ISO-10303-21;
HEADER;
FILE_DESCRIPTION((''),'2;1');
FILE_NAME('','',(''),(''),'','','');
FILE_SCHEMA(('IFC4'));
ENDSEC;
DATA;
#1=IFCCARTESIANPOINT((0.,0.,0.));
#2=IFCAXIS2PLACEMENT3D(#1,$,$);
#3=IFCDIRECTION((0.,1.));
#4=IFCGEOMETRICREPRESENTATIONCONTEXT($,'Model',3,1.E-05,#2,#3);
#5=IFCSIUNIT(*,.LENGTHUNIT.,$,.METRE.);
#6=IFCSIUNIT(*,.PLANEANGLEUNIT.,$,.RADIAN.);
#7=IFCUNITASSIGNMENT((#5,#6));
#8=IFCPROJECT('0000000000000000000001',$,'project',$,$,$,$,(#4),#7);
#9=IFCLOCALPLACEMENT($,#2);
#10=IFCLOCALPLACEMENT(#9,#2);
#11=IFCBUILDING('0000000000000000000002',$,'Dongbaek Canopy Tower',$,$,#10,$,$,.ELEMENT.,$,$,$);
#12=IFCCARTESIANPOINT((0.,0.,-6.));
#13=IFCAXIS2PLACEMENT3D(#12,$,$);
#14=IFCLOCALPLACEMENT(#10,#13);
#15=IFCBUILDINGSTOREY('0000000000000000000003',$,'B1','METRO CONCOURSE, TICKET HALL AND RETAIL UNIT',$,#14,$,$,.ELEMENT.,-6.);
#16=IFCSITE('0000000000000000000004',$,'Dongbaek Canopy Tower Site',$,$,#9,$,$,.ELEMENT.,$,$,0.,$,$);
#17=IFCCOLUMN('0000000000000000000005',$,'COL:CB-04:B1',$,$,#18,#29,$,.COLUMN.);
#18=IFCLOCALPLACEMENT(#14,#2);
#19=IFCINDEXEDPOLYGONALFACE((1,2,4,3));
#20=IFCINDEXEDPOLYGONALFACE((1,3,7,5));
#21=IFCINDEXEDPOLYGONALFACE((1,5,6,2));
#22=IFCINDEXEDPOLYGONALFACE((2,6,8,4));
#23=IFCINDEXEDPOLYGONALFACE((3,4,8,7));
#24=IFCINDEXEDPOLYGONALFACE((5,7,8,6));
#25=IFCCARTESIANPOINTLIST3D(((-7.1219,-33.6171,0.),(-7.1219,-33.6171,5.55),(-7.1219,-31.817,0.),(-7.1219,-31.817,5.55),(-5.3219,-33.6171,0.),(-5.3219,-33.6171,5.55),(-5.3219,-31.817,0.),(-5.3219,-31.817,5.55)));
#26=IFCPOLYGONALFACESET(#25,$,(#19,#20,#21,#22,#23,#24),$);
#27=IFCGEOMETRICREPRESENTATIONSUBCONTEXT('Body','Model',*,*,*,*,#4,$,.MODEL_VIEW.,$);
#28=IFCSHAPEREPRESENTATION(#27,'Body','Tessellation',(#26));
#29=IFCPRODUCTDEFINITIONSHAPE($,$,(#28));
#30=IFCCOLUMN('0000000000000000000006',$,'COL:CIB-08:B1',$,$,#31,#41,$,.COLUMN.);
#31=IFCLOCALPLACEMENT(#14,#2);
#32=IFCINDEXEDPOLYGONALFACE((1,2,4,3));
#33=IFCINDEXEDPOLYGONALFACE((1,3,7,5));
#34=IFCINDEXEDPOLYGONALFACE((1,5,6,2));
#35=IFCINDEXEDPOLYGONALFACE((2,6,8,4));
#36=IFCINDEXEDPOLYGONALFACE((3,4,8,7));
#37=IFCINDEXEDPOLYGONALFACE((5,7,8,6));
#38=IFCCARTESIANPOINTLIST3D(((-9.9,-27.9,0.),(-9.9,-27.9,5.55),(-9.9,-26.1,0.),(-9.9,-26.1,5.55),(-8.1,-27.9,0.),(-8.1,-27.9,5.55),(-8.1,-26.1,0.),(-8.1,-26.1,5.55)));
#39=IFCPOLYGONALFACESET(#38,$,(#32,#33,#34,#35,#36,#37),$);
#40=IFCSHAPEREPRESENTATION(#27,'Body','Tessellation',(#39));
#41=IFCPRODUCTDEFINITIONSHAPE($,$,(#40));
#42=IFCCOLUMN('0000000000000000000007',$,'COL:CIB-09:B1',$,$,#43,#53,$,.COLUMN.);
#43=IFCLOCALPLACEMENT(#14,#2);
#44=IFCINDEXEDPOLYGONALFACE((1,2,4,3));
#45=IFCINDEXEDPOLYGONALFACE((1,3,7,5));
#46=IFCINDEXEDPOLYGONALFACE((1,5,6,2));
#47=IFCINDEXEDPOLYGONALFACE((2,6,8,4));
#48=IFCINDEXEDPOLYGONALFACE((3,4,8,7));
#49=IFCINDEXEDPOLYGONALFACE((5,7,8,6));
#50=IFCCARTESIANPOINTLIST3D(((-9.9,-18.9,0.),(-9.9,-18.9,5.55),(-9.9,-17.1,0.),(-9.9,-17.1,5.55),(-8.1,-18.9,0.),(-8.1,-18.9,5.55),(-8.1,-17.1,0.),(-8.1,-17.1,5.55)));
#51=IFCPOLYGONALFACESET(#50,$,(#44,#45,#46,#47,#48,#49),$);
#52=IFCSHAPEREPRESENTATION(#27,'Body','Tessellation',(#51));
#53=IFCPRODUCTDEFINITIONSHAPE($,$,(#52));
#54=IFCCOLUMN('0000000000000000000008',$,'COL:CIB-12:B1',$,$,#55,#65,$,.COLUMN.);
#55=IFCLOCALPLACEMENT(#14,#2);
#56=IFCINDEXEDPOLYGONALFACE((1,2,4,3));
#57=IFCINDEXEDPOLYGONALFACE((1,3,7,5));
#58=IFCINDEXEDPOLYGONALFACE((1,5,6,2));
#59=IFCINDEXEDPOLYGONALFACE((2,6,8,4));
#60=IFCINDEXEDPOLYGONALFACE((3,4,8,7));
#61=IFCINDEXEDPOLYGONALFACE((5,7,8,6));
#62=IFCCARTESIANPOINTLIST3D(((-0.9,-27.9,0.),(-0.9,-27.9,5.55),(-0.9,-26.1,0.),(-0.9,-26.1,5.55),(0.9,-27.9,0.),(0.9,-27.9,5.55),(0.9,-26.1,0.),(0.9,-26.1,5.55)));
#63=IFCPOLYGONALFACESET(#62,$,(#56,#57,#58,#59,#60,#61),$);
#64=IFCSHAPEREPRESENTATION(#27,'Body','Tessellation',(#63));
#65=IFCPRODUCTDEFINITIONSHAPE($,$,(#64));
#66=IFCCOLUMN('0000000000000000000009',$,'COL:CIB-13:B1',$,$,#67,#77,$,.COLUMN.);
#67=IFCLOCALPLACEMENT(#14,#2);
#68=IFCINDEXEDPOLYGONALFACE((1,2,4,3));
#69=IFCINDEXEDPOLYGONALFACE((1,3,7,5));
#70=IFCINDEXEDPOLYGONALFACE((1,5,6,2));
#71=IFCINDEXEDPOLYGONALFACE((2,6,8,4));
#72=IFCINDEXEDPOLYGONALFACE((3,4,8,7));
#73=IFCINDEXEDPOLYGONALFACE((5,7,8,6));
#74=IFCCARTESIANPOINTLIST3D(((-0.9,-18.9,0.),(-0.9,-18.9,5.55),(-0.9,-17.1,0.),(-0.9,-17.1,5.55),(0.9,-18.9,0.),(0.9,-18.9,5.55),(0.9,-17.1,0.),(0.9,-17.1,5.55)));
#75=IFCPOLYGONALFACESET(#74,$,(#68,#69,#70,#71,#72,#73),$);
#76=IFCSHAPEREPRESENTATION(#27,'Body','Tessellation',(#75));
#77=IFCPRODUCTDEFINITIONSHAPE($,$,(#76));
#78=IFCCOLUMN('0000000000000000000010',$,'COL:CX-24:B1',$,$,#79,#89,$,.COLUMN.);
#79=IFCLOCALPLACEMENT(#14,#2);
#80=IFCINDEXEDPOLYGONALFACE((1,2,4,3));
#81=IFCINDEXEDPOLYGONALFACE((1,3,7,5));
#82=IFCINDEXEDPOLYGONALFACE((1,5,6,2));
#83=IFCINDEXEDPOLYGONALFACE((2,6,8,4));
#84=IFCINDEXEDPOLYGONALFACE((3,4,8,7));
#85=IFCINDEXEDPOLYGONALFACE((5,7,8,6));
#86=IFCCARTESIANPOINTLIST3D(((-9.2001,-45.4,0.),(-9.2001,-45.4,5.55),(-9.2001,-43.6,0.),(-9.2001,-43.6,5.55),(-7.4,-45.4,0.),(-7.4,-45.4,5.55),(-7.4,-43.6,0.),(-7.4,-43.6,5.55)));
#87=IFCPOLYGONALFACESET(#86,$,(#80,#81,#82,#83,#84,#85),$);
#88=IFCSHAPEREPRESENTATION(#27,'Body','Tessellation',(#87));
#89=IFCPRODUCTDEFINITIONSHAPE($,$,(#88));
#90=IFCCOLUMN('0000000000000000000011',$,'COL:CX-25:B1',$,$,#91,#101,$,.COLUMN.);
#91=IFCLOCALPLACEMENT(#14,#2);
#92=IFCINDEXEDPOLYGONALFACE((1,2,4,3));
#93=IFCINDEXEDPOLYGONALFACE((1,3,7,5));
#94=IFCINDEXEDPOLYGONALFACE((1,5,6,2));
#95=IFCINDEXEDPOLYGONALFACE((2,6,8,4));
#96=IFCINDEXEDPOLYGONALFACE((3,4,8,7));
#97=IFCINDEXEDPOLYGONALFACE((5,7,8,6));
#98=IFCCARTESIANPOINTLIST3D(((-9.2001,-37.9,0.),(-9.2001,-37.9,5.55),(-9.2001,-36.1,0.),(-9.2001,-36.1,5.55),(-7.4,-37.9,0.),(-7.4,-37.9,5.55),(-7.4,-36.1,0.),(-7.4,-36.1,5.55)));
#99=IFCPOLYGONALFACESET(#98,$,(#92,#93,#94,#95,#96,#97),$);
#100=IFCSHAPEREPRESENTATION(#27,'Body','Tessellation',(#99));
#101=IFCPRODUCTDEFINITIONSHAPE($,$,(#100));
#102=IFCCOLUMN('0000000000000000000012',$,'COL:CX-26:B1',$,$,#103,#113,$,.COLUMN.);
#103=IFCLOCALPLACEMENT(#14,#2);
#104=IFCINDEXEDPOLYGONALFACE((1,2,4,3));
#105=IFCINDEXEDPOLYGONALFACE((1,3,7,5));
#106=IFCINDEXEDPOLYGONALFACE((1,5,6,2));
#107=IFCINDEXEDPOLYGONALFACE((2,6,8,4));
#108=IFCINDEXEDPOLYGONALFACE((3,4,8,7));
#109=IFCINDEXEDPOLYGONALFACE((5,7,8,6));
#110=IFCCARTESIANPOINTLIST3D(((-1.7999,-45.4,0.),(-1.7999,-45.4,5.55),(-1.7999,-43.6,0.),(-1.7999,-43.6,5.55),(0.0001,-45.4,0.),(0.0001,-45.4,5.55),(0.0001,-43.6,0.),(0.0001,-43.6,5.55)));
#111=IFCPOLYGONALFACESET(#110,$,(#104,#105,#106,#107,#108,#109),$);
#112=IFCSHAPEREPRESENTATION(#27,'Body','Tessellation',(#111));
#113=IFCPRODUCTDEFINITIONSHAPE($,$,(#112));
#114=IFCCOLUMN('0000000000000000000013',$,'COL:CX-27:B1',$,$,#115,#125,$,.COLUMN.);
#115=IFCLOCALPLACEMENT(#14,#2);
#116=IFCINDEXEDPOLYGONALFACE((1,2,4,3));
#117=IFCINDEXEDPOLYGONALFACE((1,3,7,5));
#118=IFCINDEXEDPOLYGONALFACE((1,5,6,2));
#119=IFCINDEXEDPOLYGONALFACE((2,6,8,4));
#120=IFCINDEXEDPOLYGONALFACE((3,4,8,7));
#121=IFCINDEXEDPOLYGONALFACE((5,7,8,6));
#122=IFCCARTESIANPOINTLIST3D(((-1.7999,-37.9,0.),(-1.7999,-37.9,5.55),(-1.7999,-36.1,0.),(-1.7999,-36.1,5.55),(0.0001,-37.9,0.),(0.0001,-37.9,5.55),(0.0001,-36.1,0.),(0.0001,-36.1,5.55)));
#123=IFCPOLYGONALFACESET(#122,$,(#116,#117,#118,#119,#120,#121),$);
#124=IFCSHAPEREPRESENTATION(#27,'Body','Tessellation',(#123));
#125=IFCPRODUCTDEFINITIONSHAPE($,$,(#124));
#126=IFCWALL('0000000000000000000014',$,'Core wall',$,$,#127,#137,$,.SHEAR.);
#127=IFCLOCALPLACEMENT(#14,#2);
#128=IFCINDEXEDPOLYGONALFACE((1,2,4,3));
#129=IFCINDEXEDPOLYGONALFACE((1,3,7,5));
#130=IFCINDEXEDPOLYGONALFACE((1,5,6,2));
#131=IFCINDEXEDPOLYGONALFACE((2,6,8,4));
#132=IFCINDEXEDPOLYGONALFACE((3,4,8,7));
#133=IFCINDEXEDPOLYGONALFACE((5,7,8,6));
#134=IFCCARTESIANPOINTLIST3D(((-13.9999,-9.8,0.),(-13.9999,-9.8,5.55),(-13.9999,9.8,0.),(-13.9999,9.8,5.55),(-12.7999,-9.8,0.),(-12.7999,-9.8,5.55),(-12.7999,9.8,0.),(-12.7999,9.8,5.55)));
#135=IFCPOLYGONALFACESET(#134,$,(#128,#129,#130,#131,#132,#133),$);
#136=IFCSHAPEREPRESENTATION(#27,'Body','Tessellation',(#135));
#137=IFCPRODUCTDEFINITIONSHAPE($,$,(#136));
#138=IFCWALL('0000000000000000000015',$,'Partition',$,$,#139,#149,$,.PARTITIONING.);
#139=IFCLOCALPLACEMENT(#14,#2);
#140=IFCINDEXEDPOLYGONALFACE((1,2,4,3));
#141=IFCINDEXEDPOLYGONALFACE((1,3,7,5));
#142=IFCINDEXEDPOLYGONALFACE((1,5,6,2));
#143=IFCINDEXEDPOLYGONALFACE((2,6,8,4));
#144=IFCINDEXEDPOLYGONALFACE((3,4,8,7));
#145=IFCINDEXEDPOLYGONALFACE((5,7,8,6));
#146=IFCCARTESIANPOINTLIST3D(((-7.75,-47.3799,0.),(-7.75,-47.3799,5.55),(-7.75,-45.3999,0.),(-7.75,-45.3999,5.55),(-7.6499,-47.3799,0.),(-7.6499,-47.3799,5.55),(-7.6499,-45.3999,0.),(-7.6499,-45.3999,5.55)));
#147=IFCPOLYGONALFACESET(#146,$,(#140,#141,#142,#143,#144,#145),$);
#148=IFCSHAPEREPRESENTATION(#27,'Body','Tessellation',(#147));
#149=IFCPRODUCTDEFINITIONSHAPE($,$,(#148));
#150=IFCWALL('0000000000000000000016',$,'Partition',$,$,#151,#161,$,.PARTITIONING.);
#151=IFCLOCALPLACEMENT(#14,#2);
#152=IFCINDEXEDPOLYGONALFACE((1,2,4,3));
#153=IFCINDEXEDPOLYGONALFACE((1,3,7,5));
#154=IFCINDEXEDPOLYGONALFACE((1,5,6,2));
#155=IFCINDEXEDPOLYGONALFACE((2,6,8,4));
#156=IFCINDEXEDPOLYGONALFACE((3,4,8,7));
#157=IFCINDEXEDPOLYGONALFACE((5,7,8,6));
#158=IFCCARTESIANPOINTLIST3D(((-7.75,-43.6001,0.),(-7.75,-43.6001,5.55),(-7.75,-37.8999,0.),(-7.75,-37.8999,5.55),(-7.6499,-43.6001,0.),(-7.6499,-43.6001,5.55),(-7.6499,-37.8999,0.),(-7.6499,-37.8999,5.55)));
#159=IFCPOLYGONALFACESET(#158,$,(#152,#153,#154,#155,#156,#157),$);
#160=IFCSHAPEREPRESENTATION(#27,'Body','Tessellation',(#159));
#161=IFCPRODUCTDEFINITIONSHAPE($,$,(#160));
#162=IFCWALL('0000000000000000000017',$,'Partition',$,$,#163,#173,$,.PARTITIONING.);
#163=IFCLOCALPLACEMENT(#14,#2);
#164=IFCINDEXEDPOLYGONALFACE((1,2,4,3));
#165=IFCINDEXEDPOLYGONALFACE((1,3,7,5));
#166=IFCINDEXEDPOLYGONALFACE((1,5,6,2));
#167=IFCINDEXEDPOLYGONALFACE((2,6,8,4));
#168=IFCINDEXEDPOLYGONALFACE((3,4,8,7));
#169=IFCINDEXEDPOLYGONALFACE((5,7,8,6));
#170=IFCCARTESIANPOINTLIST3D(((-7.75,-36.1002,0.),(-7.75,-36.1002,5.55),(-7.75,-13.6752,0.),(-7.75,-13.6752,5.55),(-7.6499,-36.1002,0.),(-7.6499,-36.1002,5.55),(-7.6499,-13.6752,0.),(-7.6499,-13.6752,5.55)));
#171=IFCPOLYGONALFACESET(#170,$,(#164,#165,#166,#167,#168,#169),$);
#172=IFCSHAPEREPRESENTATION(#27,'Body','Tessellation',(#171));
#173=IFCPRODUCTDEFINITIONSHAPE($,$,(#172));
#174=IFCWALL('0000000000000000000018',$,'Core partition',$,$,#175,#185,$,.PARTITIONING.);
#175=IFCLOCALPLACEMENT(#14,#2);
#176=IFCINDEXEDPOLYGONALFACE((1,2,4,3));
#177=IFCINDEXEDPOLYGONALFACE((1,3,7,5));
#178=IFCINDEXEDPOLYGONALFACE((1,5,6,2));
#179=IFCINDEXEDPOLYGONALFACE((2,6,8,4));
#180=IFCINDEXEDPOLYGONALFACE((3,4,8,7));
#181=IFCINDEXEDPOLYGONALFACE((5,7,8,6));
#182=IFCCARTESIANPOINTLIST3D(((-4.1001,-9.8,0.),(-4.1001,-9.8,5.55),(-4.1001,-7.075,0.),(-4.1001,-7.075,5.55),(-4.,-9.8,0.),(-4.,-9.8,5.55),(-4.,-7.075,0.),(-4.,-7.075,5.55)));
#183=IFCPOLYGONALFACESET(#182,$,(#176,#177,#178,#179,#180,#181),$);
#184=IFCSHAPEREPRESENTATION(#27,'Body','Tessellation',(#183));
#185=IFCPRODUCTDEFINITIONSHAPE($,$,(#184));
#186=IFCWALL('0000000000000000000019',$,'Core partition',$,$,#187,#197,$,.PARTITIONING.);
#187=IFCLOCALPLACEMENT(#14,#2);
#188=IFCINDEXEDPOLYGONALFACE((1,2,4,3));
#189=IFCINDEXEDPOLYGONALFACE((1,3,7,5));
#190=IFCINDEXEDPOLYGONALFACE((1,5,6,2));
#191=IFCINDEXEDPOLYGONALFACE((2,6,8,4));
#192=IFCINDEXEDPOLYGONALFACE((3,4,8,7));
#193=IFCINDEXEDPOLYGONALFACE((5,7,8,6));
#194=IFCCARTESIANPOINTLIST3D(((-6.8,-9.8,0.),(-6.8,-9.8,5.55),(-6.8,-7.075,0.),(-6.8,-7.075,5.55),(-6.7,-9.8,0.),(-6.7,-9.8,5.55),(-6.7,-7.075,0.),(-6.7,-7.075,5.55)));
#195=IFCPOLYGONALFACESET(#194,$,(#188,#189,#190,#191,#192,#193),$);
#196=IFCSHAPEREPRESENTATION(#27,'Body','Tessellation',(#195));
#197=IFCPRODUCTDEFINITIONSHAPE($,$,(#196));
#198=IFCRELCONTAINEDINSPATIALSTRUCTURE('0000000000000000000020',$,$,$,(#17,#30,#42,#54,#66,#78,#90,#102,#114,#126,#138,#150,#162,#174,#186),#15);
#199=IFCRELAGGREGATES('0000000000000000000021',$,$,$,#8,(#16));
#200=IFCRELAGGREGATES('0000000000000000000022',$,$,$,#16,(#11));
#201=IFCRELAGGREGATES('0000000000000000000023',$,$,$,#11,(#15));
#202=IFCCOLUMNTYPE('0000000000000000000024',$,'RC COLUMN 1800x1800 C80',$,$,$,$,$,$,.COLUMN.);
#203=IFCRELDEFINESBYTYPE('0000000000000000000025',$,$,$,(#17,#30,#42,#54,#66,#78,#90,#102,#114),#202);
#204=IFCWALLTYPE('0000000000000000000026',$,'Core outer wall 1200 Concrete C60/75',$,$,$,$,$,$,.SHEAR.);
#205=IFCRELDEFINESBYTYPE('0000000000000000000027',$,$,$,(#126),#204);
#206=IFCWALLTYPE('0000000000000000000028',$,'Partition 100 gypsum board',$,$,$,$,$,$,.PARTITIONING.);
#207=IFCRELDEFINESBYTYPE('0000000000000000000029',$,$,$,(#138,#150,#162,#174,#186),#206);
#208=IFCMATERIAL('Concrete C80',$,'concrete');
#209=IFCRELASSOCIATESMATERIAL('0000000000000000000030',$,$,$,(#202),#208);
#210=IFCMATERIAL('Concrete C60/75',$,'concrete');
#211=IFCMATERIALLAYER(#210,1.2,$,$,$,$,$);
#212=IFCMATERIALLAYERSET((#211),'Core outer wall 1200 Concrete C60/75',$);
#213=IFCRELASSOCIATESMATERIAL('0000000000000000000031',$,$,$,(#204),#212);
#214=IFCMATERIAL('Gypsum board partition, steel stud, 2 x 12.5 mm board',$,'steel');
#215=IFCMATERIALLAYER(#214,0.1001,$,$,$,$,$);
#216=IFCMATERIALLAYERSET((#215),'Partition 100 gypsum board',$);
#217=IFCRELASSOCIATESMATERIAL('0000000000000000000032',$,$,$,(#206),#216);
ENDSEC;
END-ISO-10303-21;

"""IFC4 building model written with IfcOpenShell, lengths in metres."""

from ifc_helpers import new_model, si_unit, direction, frame, frame_2d, origin, origin_2d, place, context, subcontext, project, spatial, rectangle, extrude, material, layer, layer_set, material_profile, profile_set, type_object, element, save


model = new_model("IFC4")

# Units and contexts
model_context = context("Model", 3, precision=1e-05, world=origin(), true_north=direction((0.0, 1.0)))
body_context = subcontext(model_context, "Body", "Model", "MODEL_VIEW")
ifc_project = project(units=[si_unit("LENGTHUNIT", "METRE"), si_unit("PLANEANGLEUNIT", "RADIAN")], contexts=[model_context])

# Site, building, storey
site_placement = place(None, origin())
site = spatial("IfcSite", under=ifc_project, at=site_placement, Name="Dongbaek Canopy Tower Site", CompositionType="ELEMENT", RefElevation=0.0)
building_placement = place(site_placement, origin())
building = spatial("IfcBuilding", under=site, at=building_placement, Name="Dongbaek Canopy Tower", CompositionType="ELEMENT")
storey_placement = place(building_placement, frame((0.0, 0.0, -6.0)))
storey = spatial("IfcBuildingStorey", under=building, at=storey_placement, Name="B1", Description="METRO CONCOURSE, TICKET HALL AND RETAIL UNIT", CompositionType="ELEMENT", Elevation=-6.0)

# Columns
ifc_material_1 = material(Name="Concrete C80", Category="concrete")
ifc_material_profile = material_profile(ifc_material_1, rectangle(XDim=1.8, YDim=1.8, at=origin_2d()), Name="RC COLUMN 1800x1800 C80")
ifc_profile_set = profile_set([ifc_material_profile], Name="Concrete C80")
column_type = type_object("IfcColumnType", Name="RC COLUMN 1800x1800 C80", PredefinedType="COLUMN", material=ifc_profile_set)
for number, where, z_axis, x_axis, name in (
    (1, (-6.2219, -32.717, 0.0), (0.0, 0.0, 1.0), (1.0, 0.0, 0.0), "COL:CB-04:B1"),
    (2, (-9.0, -27.0, 0.0), (0.0, 0.0, 1.0), (1.0, 0.0, 0.0), "COL:CIB-08:B1"),
    (3, (-9.0, -18.0, 0.0), (0.0, 0.0, 1.0), (1.0, 0.0, 0.0), "COL:CIB-09:B1"),
    (4, (0.0, -27.0, 0.0), (0.0, 0.0, 1.0), (1.0, 0.0, 0.0), "COL:CIB-12:B1"),
    (5, (0.0, -18.0, 0.0), (0.0, 0.0, 1.0), (1.0, 0.0, 0.0), "COL:CIB-13:B1"),
    (6, (-8.3, -44.5, 0.0), (0.0, 0.0, 1.0), (1.0, 0.0, 0.0), "COL:CX-24:B1"),
    (7, (-8.3, -37.0, 0.0), (0.0, 0.0, 1.0), (1.0, 0.0, 0.0), "COL:CX-25:B1"),
    (8, (-0.8999, -44.5, 0.0), (0.0, 0.0, 1.0), (1.0, 0.0, 0.0), "COL:CX-26:B1"),
    (9, (-0.8999, -37.0, 0.0), (0.0, 0.0, 1.0), (1.0, 0.0, 0.0), "COL:CX-27:B1"),
):
    element("IfcColumn", number, at=place(storey_placement, frame(where, z_axis=z_axis, x_axis=x_axis)), inside=storey, type_object=column_type, Name=name, PredefinedType="COLUMN", context=body_context, shape_type="SweptSolid", body=[
        extrude(rectangle(XDim=1.8, YDim=1.8, at=origin_2d()), origin(), (0.0, 0.0, 1.0), 5.55),
    ])

# Walls
ifc_material_2 = material(Name="Concrete C60/75", Category="concrete")
ifc_layer_1 = layer(ifc_material_2, 1.2)
ifc_layer_set_1 = layer_set([ifc_layer_1], Name="Core outer wall 1200 Concrete C60/75")
wall_type_1 = type_object("IfcWallType", Name="Core outer wall 1200 Concrete C60/75", PredefinedType="SHEAR", material=ifc_layer_set_1)
wall_1_placement = place(storey_placement, frame((-13.3999, -9.8, 0.0), z_axis=(0.0, 0.0, 1.0), x_axis=(0.0, 1.0, 0.0)))
element("IfcWall", 10, at=wall_1_placement, inside=storey, type_object=wall_type_1, Name="Core wall", PredefinedType="SHEAR", context=body_context, shape_type="SweptSolid", body=[
    extrude(rectangle(XDim=19.6001, YDim=1.2, at=frame_2d((9.8, 0.0))), origin(), (0.0, 0.0, 1.0), 5.55),
])
ifc_material_3 = material(Name="Gypsum board partition, steel stud, 2 x 12.5 mm board", Category="steel")
ifc_layer_2 = layer(ifc_material_3, 0.1001)
ifc_layer_set_2 = layer_set([ifc_layer_2], Name="Partition 100 gypsum board")
wall_type_2 = type_object("IfcWallType", Name="Partition 100 gypsum board", PredefinedType="PARTITIONING", material=ifc_layer_set_2)
wall_2_placement = place(storey_placement, frame((-7.7, -47.3799, 0.0), z_axis=(0.0, 0.0, 1.0), x_axis=(0.0, 1.0, 0.0)))
element("IfcWall", 11, at=wall_2_placement, inside=storey, type_object=wall_type_2, Name="Partition", PredefinedType="PARTITIONING", context=body_context, shape_type="SweptSolid", body=[
    extrude(rectangle(XDim=1.98, YDim=0.1001, at=frame_2d((0.99, 0.0))), origin(), (0.0, 0.0, 1.0), 5.55),
])
wall_3_placement = place(storey_placement, frame((-7.7, -43.6001, 0.0), z_axis=(0.0, 0.0, 1.0), x_axis=(0.0, 1.0, 0.0)))
element("IfcWall", 12, at=wall_3_placement, inside=storey, type_object=wall_type_2, Name="Partition", PredefinedType="PARTITIONING", context=body_context, shape_type="SweptSolid", body=[
    extrude(rectangle(XDim=5.7002, YDim=0.1001, at=frame_2d((2.8501, 0.0))), origin(), (0.0, 0.0, 1.0), 5.55),
])
wall_4_placement = place(storey_placement, frame((-7.7, -36.1001, 0.0), z_axis=(0.0, 0.0, 1.0), x_axis=(0.0, 1.0, 0.0)))
element("IfcWall", 13, at=wall_4_placement, inside=storey, type_object=wall_type_2, Name="Partition", PredefinedType="PARTITIONING", context=body_context, shape_type="SweptSolid", body=[
    extrude(rectangle(XDim=22.425, YDim=0.1001, at=frame_2d((11.2124, 0.0))), origin(), (0.0, 0.0, 1.0), 5.55),
])
for number, where, z_axis, x_axis, name in (
    (14, (-4.05, -9.8, 0.0), (0.0, 0.0, 1.0), (0.0, 1.0, 0.0), "Core partition"),
    (15, (-6.75, -9.8, 0.0), (0.0, 0.0, 1.0), (0.0, 1.0, 0.0), "Core partition"),
):
    element("IfcWall", number, at=place(storey_placement, frame(where, z_axis=z_axis, x_axis=x_axis)), inside=storey, type_object=wall_type_2, Name=name, PredefinedType="PARTITIONING", context=body_context, shape_type="SweptSolid", body=[
        extrude(rectangle(XDim=2.7251, YDim=0.1001, at=frame_2d((1.3625, 0.0))), origin(), (0.0, 0.0, 1.0), 5.55),
    ])

save(model, "model.ifc")
